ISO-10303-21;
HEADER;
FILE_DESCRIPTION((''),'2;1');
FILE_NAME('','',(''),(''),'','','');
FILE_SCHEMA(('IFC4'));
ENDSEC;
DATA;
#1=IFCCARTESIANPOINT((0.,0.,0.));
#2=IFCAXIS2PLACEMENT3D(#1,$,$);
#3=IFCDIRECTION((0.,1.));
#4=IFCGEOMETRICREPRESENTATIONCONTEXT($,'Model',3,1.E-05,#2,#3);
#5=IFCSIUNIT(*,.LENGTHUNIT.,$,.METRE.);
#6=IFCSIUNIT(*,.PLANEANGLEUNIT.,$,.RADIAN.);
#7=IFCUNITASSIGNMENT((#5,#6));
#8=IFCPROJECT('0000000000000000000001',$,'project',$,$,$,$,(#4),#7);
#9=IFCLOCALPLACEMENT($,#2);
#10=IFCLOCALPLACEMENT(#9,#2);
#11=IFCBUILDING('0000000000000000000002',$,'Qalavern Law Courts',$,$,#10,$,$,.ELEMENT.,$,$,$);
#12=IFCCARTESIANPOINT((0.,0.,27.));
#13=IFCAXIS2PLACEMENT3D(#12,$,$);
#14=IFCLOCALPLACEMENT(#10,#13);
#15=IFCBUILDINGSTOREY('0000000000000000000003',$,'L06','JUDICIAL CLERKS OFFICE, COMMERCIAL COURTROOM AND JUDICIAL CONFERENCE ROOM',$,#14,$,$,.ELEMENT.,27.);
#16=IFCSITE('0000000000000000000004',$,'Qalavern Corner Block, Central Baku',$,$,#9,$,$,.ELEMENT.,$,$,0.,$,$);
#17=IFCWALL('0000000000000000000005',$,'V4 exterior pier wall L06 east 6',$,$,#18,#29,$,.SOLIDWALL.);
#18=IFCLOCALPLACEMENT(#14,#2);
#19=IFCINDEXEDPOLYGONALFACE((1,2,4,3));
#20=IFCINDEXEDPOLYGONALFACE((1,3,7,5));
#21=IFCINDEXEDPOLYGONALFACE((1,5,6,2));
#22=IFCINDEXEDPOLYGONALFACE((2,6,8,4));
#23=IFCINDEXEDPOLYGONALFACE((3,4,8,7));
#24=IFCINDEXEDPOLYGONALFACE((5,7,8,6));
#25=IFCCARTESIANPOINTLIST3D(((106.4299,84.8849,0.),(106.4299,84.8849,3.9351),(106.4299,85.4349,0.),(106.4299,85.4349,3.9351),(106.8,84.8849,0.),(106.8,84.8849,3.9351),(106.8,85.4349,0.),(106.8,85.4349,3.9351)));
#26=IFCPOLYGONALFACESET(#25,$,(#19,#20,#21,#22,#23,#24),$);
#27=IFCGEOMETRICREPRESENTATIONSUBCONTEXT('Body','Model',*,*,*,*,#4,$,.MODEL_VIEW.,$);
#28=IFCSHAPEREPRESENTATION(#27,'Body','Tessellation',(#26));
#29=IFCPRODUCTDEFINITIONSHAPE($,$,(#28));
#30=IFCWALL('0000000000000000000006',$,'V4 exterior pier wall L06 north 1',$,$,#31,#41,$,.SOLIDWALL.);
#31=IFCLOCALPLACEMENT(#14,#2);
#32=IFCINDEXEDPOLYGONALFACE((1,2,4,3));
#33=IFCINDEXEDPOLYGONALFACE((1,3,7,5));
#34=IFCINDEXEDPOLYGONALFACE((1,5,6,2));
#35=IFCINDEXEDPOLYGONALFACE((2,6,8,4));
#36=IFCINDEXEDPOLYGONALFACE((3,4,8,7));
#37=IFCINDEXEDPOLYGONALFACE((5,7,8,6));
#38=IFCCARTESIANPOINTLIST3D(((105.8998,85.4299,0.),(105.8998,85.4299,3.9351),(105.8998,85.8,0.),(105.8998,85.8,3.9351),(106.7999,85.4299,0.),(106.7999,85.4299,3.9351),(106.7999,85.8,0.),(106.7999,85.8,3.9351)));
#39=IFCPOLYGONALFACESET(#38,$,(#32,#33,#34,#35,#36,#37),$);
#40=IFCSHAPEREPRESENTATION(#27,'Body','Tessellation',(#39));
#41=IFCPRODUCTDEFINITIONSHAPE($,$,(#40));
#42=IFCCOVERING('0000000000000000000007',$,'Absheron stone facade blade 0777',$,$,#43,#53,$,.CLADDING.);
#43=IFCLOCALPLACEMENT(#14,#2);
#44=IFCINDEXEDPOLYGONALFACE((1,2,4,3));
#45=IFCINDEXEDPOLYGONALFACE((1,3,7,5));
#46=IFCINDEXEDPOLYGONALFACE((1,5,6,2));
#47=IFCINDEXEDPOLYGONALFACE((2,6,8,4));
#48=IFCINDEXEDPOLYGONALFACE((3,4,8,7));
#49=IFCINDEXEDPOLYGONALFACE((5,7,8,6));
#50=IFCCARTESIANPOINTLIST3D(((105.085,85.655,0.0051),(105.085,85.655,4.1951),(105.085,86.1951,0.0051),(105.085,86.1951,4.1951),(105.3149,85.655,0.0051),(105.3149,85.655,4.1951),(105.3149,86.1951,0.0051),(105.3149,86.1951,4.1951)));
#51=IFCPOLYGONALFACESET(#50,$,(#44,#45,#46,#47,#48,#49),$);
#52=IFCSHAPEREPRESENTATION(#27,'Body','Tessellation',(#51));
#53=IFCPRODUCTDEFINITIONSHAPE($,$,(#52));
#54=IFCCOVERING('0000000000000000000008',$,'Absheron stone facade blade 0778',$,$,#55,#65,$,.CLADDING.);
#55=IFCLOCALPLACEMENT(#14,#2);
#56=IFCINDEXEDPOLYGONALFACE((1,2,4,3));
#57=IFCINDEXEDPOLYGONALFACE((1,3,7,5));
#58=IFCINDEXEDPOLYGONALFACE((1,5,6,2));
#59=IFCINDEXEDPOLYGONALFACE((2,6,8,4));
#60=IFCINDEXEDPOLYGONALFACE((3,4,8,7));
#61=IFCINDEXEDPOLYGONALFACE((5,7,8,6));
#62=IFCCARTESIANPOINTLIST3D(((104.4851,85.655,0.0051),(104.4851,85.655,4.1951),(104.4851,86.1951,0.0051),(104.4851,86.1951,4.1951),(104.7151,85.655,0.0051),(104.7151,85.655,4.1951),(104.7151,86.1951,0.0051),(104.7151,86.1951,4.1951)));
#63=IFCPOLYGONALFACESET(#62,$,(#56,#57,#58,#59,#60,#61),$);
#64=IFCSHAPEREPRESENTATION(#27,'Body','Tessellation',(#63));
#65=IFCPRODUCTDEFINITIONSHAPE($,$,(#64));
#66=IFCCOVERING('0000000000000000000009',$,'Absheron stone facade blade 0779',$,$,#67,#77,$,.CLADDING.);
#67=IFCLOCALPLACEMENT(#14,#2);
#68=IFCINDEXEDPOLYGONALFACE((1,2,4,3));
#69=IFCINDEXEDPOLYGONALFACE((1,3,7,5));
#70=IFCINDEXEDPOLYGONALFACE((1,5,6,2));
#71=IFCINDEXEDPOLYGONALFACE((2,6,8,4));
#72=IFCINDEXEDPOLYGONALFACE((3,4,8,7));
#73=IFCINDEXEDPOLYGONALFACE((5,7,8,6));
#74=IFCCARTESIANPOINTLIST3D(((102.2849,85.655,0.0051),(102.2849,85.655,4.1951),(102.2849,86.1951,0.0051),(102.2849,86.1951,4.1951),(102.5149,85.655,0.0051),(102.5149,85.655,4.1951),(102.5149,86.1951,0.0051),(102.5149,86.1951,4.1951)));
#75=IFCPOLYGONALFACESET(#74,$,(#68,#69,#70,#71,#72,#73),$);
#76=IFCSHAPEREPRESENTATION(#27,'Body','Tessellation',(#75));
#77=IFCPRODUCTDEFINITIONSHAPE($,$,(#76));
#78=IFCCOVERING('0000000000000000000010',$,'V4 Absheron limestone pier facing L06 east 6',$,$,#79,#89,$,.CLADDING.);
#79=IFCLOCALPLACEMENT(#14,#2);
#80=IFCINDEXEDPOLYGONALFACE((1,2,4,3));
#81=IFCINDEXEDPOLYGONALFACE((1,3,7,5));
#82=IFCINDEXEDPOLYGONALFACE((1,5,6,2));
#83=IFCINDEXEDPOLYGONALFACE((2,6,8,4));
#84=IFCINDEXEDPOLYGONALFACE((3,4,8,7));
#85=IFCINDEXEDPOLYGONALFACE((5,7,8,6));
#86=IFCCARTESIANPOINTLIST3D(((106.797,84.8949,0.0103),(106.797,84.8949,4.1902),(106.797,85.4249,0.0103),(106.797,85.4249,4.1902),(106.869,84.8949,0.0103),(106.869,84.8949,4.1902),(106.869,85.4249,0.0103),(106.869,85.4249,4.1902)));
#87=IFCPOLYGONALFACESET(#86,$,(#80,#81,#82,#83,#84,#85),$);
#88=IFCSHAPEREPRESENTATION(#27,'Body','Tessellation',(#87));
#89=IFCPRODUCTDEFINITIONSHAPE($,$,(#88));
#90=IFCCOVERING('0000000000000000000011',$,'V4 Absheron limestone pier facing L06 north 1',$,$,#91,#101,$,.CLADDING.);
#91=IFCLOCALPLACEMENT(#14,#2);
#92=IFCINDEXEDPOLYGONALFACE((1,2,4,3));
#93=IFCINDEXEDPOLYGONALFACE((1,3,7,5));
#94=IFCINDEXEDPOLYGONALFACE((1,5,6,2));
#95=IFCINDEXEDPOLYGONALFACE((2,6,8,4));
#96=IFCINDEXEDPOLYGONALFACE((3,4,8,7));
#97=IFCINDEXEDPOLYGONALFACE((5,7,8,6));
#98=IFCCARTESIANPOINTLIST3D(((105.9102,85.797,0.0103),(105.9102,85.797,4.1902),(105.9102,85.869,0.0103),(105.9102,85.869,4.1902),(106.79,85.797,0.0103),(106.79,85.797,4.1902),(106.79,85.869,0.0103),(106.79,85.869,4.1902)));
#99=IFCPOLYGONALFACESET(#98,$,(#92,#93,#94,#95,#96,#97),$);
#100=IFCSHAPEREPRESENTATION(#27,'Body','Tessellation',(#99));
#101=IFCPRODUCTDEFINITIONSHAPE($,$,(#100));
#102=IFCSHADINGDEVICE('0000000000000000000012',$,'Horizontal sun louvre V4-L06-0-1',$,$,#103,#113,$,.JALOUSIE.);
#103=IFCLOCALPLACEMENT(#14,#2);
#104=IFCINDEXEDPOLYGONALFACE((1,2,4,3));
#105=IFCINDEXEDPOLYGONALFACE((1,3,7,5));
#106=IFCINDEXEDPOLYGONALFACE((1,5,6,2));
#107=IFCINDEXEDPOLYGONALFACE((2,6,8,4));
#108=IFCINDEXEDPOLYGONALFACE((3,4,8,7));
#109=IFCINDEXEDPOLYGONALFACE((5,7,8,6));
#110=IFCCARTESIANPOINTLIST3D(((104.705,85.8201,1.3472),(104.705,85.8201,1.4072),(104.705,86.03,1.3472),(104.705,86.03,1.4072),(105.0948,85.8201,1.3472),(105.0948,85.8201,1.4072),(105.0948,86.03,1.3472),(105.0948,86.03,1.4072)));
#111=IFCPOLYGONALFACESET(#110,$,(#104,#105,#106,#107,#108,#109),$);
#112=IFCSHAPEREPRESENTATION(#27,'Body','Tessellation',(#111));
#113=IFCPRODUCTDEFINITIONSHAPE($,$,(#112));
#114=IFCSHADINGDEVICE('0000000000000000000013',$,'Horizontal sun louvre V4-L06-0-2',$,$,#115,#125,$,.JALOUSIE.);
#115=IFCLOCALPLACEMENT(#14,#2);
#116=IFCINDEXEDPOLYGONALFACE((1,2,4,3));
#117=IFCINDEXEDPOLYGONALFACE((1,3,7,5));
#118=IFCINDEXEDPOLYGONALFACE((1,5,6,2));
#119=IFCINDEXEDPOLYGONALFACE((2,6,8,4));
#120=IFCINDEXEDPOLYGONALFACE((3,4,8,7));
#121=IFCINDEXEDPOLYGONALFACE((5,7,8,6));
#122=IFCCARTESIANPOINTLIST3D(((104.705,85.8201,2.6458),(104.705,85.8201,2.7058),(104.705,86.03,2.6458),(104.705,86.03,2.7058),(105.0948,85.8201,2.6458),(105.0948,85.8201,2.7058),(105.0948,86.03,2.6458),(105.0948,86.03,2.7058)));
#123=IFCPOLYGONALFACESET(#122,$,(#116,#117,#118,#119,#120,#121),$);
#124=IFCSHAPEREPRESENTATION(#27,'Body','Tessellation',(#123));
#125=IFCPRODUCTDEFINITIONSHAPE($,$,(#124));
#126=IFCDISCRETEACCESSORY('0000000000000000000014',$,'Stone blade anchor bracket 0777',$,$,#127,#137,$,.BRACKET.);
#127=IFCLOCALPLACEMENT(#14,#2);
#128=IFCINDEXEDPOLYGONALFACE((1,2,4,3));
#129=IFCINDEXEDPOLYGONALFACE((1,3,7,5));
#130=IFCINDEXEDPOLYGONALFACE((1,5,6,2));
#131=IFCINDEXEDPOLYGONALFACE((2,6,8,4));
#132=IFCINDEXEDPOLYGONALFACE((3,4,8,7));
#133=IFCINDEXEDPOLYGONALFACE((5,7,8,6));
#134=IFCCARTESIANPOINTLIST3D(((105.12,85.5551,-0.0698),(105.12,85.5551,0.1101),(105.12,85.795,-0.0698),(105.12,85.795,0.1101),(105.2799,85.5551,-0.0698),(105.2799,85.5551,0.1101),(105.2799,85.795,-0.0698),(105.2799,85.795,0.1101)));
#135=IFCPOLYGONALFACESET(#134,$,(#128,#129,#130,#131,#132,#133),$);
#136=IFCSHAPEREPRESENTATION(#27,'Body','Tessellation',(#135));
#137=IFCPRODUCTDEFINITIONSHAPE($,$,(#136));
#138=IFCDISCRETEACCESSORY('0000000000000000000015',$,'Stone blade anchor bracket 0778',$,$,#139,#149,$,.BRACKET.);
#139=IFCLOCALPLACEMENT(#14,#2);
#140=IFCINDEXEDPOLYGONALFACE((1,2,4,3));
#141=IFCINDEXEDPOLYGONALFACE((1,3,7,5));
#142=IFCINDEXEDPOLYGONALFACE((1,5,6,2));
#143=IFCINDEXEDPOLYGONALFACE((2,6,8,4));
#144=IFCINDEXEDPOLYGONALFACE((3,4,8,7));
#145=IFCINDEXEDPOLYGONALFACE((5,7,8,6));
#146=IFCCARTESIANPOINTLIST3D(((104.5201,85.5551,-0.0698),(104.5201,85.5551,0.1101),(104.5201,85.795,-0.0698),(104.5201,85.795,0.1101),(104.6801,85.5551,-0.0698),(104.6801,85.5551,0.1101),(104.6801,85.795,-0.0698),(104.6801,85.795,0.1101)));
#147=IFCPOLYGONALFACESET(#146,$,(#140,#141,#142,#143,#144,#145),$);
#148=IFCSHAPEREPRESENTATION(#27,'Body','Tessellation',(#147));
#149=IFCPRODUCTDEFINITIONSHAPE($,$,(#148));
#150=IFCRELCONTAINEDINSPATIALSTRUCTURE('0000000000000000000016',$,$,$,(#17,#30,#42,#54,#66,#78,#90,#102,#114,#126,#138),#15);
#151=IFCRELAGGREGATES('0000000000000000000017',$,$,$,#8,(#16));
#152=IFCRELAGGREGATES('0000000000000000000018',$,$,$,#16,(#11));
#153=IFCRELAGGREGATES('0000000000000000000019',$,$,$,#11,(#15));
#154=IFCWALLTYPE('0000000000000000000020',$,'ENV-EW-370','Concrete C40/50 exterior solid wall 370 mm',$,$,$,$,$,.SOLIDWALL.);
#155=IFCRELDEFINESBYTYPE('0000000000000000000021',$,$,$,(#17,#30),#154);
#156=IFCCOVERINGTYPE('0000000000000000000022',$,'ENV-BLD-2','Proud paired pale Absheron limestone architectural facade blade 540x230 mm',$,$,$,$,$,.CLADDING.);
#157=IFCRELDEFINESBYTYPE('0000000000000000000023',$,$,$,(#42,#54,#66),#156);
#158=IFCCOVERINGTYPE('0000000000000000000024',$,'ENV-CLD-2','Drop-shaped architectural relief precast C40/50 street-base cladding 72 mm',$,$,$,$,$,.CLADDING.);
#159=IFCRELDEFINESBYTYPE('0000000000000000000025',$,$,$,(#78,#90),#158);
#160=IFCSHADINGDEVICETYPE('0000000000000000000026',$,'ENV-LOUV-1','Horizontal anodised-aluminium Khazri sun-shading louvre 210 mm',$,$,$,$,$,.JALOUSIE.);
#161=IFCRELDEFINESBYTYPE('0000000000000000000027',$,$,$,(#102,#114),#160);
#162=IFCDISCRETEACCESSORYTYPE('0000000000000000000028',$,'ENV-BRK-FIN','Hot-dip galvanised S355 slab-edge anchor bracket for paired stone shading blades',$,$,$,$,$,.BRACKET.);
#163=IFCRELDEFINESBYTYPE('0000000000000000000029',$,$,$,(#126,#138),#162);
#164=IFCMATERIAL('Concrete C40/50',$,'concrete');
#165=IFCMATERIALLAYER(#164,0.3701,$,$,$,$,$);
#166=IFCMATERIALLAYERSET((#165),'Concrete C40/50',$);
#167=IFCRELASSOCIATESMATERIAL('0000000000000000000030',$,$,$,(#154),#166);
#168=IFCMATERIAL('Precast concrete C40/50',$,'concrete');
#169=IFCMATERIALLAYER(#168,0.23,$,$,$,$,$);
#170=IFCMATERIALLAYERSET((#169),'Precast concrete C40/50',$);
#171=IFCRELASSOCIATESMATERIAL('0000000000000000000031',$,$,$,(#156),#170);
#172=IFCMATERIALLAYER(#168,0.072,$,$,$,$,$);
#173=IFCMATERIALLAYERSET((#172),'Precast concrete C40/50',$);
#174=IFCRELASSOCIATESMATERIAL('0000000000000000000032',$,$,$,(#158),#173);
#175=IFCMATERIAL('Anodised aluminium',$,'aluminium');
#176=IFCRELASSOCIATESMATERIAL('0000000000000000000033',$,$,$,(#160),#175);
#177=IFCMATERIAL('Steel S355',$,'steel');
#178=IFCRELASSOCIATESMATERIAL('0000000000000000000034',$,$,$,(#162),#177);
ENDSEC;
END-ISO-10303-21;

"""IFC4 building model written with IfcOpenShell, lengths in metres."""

from ifc_helpers import new_model, si_unit, direction, frame, frame_2d, origin, origin_2d, place, context, subcontext, project, spatial, rectangle, extrude, material, layer, layer_set, type_object, element, save


model = new_model("IFC4")

# Units and contexts
model_context = context("Model", 3, precision=1e-05, world=origin(), true_north=direction((0.0, 1.0)))
body_context = subcontext(model_context, "Body", "Model", "MODEL_VIEW")
ifc_project = project(units=[si_unit("LENGTHUNIT", "METRE"), si_unit("PLANEANGLEUNIT", "RADIAN")], contexts=[model_context])

# Site, building, storey
site_placement = place(None, origin())
site = spatial("IfcSite", under=ifc_project, at=site_placement, Name="Qalavern Corner Block, Central Baku", CompositionType="ELEMENT", RefElevation=0.0)
building_placement = place(site_placement, origin())
building = spatial("IfcBuilding", under=site, at=building_placement, Name="Qalavern Law Courts", CompositionType="ELEMENT")
storey_placement = place(building_placement, frame((0.0, 0.0, 27.0)))
storey = spatial("IfcBuildingStorey", under=building, at=storey_placement, Name="L06", Description="JUDICIAL CLERKS OFFICE, COMMERCIAL COURTROOM AND JUDICIAL CONFERENCE ROOM", CompositionType="ELEMENT", Elevation=27.0)

# Shared definitions
ifc_material_1 = material(Name="Anodised aluminium", Category="aluminium")

# Walls
ifc_material_2 = material(Name="Concrete C40/50", Category="concrete")
ifc_layer_1 = layer(ifc_material_2, 0.3701)
ifc_layer_set_1 = layer_set([ifc_layer_1], Name="Concrete C40/50")
wall_type = type_object("IfcWallType", Name="ENV-EW-370", Description="Concrete C40/50 exterior solid wall 370 mm", PredefinedType="SOLIDWALL", material=ifc_layer_set_1)
wall_1_placement = place(storey_placement, frame((106.615, 84.885, 0.0), z_axis=(0.0, 0.0, 1.0), x_axis=(0.0, 1.0, 0.0)))
element("IfcWall", 1, at=wall_1_placement, inside=storey, type_object=wall_type, Name="V4 exterior pier wall L06 east 6", PredefinedType="SOLIDWALL", context=body_context, shape_type="SweptSolid", body=[
    extrude(rectangle(XDim=0.55, YDim=0.3701, at=frame_2d((0.2749, 0.0))), origin(), (0.0, 0.0, 1.0), 3.9351),
])
wall_2_placement = place(storey_placement, frame((106.8, 85.615, 0.0), z_axis=(0.0, 0.0, 1.0), x_axis=(-1.0, 0.0, 0.0)))
element("IfcWall", 2, at=wall_2_placement, inside=storey, type_object=wall_type, Name="V4 exterior pier wall L06 north 1", PredefinedType="SOLIDWALL", context=body_context, shape_type="SweptSolid", body=[
    extrude(rectangle(XDim=0.9001, YDim=0.3701, at=frame_2d((0.4502, 0.0))), origin(), (0.0, 0.0, 1.0), 3.9351),
])

# Coverings
ifc_material_3 = material(Name="Precast concrete C40/50", Category="concrete")
ifc_layer_2 = layer(ifc_material_3, 0.23)
ifc_layer_set_2 = layer_set([ifc_layer_2], Name="Precast concrete C40/50")
covering_type_1 = type_object("IfcCoveringType", Name="ENV-BLD-2", Description="Proud paired pale Absheron limestone architectural facade blade 540x230 mm", PredefinedType="CLADDING", material=ifc_layer_set_2)
for number, where, z_axis, x_axis, name in (
    (3, (105.2, 85.925, 0.0051), (0.0, 0.0, 1.0), (0.0, 1.0, 0.0), "Absheron stone facade blade 0777"),
    (4, (104.6001, 85.925, 0.0051), (0.0, 0.0, 1.0), (0.0, 1.0, 0.0), "Absheron stone facade blade 0778"),
    (5, (102.3999, 85.925, 0.0051), (0.0, 0.0, 1.0), (0.0, 1.0, 0.0), "Absheron stone facade blade 0779"),
):
    element("IfcCovering", number, at=place(storey_placement, frame(where, z_axis=z_axis, x_axis=x_axis)), inside=storey, type_object=covering_type_1, Name=name, PredefinedType="CLADDING", context=body_context, shape_type="SweptSolid", body=[
        extrude(rectangle(XDim=0.54, YDim=0.23, at=origin_2d()), origin(), (0.0, 0.0, 1.0), 4.1899),
    ])
ifc_layer_3 = layer(ifc_material_3, 0.072)
ifc_layer_set_3 = layer_set([ifc_layer_3], Name="Precast concrete C40/50")
covering_type_2 = type_object("IfcCoveringType", Name="ENV-CLD-2", Description="Drop-shaped architectural relief precast C40/50 street-base cladding 72 mm", PredefinedType="CLADDING", material=ifc_layer_set_3)
covering_1_placement = place(storey_placement, frame((106.833, 85.1599, 0.0103), z_axis=(0.0, 0.0, 1.0), x_axis=(0.0, 1.0, 0.0)))
element("IfcCovering", 6, at=covering_1_placement, inside=storey, type_object=covering_type_2, Name="V4 Absheron limestone pier facing L06 east 6", PredefinedType="CLADDING", context=body_context, shape_type="SweptSolid", body=[
    extrude(rectangle(XDim=0.53, YDim=0.072, at=origin_2d()), origin(), (0.0, 0.0, 1.0), 4.1799),
])
covering_2_placement = place(storey_placement, frame((106.3501, 85.833, 0.0103), z_axis=(0.0, 0.0, 1.0), x_axis=(-1.0, 0.0, 0.0)))
element("IfcCovering", 7, at=covering_2_placement, inside=storey, type_object=covering_type_2, Name="V4 Absheron limestone pier facing L06 north 1", PredefinedType="CLADDING", context=body_context, shape_type="SweptSolid", body=[
    extrude(rectangle(XDim=0.8799, YDim=0.072, at=origin_2d()), origin(), (0.0, 0.0, 1.0), 4.1799),
])

# Shading devices
shading_device_type = type_object("IfcShadingDeviceType", Name="ENV-LOUV-1", Description="Horizontal anodised-aluminium Khazri sun-shading louvre 210 mm", PredefinedType="JALOUSIE", material=ifc_material_1)
for number, where, z_axis, x_axis, name in (
    (8, (104.8999, 85.925, 1.3472), (0.0, 0.0, 1.0), (-1.0, 0.0, 0.0), "Horizontal sun louvre V4-L06-0-1"),
    (9, (104.8999, 85.925, 2.6458), (0.0, 0.0, 1.0), (-1.0, 0.0, 0.0), "Horizontal sun louvre V4-L06-0-2"),
):
    element("IfcShadingDevice", number, at=place(storey_placement, frame(where, z_axis=z_axis, x_axis=x_axis)), inside=storey, type_object=shading_device_type, Name=name, PredefinedType="JALOUSIE", context=body_context, shape_type="SweptSolid", body=[
        extrude(rectangle(XDim=0.3899, YDim=0.21, at=origin_2d()), origin(), (0.0, 0.0, 1.0), 0.0601),
    ])

# Discrete accessories
ifc_material_4 = material(Name="Steel S355", Category="steel")
discrete_accessory_type = type_object("IfcDiscreteAccessoryType", Name="ENV-BRK-FIN", Description="Hot-dip galvanised S355 slab-edge anchor bracket for paired stone shading blades", PredefinedType="BRACKET", material=ifc_material_4)
for number, where, z_axis, x_axis, name in (
    (10, (105.2, 85.675, -0.0698), (0.0, 0.0, 1.0), (0.0, 1.0, 0.0), "Stone blade anchor bracket 0777"),
    (11, (104.6001, 85.675, -0.0698), (0.0, 0.0, 1.0), (0.0, 1.0, 0.0), "Stone blade anchor bracket 0778"),
):
    element("IfcDiscreteAccessory", number, at=place(storey_placement, frame(where, z_axis=z_axis, x_axis=x_axis)), inside=storey, type_object=discrete_accessory_type, Name=name, PredefinedType="BRACKET", context=body_context, shape_type="SweptSolid", body=[
        extrude(rectangle(XDim=0.24, YDim=0.1599, at=origin_2d()), origin(), (0.0, 0.0, 1.0), 0.1799),
    ])

save(model, "model.ifc")
